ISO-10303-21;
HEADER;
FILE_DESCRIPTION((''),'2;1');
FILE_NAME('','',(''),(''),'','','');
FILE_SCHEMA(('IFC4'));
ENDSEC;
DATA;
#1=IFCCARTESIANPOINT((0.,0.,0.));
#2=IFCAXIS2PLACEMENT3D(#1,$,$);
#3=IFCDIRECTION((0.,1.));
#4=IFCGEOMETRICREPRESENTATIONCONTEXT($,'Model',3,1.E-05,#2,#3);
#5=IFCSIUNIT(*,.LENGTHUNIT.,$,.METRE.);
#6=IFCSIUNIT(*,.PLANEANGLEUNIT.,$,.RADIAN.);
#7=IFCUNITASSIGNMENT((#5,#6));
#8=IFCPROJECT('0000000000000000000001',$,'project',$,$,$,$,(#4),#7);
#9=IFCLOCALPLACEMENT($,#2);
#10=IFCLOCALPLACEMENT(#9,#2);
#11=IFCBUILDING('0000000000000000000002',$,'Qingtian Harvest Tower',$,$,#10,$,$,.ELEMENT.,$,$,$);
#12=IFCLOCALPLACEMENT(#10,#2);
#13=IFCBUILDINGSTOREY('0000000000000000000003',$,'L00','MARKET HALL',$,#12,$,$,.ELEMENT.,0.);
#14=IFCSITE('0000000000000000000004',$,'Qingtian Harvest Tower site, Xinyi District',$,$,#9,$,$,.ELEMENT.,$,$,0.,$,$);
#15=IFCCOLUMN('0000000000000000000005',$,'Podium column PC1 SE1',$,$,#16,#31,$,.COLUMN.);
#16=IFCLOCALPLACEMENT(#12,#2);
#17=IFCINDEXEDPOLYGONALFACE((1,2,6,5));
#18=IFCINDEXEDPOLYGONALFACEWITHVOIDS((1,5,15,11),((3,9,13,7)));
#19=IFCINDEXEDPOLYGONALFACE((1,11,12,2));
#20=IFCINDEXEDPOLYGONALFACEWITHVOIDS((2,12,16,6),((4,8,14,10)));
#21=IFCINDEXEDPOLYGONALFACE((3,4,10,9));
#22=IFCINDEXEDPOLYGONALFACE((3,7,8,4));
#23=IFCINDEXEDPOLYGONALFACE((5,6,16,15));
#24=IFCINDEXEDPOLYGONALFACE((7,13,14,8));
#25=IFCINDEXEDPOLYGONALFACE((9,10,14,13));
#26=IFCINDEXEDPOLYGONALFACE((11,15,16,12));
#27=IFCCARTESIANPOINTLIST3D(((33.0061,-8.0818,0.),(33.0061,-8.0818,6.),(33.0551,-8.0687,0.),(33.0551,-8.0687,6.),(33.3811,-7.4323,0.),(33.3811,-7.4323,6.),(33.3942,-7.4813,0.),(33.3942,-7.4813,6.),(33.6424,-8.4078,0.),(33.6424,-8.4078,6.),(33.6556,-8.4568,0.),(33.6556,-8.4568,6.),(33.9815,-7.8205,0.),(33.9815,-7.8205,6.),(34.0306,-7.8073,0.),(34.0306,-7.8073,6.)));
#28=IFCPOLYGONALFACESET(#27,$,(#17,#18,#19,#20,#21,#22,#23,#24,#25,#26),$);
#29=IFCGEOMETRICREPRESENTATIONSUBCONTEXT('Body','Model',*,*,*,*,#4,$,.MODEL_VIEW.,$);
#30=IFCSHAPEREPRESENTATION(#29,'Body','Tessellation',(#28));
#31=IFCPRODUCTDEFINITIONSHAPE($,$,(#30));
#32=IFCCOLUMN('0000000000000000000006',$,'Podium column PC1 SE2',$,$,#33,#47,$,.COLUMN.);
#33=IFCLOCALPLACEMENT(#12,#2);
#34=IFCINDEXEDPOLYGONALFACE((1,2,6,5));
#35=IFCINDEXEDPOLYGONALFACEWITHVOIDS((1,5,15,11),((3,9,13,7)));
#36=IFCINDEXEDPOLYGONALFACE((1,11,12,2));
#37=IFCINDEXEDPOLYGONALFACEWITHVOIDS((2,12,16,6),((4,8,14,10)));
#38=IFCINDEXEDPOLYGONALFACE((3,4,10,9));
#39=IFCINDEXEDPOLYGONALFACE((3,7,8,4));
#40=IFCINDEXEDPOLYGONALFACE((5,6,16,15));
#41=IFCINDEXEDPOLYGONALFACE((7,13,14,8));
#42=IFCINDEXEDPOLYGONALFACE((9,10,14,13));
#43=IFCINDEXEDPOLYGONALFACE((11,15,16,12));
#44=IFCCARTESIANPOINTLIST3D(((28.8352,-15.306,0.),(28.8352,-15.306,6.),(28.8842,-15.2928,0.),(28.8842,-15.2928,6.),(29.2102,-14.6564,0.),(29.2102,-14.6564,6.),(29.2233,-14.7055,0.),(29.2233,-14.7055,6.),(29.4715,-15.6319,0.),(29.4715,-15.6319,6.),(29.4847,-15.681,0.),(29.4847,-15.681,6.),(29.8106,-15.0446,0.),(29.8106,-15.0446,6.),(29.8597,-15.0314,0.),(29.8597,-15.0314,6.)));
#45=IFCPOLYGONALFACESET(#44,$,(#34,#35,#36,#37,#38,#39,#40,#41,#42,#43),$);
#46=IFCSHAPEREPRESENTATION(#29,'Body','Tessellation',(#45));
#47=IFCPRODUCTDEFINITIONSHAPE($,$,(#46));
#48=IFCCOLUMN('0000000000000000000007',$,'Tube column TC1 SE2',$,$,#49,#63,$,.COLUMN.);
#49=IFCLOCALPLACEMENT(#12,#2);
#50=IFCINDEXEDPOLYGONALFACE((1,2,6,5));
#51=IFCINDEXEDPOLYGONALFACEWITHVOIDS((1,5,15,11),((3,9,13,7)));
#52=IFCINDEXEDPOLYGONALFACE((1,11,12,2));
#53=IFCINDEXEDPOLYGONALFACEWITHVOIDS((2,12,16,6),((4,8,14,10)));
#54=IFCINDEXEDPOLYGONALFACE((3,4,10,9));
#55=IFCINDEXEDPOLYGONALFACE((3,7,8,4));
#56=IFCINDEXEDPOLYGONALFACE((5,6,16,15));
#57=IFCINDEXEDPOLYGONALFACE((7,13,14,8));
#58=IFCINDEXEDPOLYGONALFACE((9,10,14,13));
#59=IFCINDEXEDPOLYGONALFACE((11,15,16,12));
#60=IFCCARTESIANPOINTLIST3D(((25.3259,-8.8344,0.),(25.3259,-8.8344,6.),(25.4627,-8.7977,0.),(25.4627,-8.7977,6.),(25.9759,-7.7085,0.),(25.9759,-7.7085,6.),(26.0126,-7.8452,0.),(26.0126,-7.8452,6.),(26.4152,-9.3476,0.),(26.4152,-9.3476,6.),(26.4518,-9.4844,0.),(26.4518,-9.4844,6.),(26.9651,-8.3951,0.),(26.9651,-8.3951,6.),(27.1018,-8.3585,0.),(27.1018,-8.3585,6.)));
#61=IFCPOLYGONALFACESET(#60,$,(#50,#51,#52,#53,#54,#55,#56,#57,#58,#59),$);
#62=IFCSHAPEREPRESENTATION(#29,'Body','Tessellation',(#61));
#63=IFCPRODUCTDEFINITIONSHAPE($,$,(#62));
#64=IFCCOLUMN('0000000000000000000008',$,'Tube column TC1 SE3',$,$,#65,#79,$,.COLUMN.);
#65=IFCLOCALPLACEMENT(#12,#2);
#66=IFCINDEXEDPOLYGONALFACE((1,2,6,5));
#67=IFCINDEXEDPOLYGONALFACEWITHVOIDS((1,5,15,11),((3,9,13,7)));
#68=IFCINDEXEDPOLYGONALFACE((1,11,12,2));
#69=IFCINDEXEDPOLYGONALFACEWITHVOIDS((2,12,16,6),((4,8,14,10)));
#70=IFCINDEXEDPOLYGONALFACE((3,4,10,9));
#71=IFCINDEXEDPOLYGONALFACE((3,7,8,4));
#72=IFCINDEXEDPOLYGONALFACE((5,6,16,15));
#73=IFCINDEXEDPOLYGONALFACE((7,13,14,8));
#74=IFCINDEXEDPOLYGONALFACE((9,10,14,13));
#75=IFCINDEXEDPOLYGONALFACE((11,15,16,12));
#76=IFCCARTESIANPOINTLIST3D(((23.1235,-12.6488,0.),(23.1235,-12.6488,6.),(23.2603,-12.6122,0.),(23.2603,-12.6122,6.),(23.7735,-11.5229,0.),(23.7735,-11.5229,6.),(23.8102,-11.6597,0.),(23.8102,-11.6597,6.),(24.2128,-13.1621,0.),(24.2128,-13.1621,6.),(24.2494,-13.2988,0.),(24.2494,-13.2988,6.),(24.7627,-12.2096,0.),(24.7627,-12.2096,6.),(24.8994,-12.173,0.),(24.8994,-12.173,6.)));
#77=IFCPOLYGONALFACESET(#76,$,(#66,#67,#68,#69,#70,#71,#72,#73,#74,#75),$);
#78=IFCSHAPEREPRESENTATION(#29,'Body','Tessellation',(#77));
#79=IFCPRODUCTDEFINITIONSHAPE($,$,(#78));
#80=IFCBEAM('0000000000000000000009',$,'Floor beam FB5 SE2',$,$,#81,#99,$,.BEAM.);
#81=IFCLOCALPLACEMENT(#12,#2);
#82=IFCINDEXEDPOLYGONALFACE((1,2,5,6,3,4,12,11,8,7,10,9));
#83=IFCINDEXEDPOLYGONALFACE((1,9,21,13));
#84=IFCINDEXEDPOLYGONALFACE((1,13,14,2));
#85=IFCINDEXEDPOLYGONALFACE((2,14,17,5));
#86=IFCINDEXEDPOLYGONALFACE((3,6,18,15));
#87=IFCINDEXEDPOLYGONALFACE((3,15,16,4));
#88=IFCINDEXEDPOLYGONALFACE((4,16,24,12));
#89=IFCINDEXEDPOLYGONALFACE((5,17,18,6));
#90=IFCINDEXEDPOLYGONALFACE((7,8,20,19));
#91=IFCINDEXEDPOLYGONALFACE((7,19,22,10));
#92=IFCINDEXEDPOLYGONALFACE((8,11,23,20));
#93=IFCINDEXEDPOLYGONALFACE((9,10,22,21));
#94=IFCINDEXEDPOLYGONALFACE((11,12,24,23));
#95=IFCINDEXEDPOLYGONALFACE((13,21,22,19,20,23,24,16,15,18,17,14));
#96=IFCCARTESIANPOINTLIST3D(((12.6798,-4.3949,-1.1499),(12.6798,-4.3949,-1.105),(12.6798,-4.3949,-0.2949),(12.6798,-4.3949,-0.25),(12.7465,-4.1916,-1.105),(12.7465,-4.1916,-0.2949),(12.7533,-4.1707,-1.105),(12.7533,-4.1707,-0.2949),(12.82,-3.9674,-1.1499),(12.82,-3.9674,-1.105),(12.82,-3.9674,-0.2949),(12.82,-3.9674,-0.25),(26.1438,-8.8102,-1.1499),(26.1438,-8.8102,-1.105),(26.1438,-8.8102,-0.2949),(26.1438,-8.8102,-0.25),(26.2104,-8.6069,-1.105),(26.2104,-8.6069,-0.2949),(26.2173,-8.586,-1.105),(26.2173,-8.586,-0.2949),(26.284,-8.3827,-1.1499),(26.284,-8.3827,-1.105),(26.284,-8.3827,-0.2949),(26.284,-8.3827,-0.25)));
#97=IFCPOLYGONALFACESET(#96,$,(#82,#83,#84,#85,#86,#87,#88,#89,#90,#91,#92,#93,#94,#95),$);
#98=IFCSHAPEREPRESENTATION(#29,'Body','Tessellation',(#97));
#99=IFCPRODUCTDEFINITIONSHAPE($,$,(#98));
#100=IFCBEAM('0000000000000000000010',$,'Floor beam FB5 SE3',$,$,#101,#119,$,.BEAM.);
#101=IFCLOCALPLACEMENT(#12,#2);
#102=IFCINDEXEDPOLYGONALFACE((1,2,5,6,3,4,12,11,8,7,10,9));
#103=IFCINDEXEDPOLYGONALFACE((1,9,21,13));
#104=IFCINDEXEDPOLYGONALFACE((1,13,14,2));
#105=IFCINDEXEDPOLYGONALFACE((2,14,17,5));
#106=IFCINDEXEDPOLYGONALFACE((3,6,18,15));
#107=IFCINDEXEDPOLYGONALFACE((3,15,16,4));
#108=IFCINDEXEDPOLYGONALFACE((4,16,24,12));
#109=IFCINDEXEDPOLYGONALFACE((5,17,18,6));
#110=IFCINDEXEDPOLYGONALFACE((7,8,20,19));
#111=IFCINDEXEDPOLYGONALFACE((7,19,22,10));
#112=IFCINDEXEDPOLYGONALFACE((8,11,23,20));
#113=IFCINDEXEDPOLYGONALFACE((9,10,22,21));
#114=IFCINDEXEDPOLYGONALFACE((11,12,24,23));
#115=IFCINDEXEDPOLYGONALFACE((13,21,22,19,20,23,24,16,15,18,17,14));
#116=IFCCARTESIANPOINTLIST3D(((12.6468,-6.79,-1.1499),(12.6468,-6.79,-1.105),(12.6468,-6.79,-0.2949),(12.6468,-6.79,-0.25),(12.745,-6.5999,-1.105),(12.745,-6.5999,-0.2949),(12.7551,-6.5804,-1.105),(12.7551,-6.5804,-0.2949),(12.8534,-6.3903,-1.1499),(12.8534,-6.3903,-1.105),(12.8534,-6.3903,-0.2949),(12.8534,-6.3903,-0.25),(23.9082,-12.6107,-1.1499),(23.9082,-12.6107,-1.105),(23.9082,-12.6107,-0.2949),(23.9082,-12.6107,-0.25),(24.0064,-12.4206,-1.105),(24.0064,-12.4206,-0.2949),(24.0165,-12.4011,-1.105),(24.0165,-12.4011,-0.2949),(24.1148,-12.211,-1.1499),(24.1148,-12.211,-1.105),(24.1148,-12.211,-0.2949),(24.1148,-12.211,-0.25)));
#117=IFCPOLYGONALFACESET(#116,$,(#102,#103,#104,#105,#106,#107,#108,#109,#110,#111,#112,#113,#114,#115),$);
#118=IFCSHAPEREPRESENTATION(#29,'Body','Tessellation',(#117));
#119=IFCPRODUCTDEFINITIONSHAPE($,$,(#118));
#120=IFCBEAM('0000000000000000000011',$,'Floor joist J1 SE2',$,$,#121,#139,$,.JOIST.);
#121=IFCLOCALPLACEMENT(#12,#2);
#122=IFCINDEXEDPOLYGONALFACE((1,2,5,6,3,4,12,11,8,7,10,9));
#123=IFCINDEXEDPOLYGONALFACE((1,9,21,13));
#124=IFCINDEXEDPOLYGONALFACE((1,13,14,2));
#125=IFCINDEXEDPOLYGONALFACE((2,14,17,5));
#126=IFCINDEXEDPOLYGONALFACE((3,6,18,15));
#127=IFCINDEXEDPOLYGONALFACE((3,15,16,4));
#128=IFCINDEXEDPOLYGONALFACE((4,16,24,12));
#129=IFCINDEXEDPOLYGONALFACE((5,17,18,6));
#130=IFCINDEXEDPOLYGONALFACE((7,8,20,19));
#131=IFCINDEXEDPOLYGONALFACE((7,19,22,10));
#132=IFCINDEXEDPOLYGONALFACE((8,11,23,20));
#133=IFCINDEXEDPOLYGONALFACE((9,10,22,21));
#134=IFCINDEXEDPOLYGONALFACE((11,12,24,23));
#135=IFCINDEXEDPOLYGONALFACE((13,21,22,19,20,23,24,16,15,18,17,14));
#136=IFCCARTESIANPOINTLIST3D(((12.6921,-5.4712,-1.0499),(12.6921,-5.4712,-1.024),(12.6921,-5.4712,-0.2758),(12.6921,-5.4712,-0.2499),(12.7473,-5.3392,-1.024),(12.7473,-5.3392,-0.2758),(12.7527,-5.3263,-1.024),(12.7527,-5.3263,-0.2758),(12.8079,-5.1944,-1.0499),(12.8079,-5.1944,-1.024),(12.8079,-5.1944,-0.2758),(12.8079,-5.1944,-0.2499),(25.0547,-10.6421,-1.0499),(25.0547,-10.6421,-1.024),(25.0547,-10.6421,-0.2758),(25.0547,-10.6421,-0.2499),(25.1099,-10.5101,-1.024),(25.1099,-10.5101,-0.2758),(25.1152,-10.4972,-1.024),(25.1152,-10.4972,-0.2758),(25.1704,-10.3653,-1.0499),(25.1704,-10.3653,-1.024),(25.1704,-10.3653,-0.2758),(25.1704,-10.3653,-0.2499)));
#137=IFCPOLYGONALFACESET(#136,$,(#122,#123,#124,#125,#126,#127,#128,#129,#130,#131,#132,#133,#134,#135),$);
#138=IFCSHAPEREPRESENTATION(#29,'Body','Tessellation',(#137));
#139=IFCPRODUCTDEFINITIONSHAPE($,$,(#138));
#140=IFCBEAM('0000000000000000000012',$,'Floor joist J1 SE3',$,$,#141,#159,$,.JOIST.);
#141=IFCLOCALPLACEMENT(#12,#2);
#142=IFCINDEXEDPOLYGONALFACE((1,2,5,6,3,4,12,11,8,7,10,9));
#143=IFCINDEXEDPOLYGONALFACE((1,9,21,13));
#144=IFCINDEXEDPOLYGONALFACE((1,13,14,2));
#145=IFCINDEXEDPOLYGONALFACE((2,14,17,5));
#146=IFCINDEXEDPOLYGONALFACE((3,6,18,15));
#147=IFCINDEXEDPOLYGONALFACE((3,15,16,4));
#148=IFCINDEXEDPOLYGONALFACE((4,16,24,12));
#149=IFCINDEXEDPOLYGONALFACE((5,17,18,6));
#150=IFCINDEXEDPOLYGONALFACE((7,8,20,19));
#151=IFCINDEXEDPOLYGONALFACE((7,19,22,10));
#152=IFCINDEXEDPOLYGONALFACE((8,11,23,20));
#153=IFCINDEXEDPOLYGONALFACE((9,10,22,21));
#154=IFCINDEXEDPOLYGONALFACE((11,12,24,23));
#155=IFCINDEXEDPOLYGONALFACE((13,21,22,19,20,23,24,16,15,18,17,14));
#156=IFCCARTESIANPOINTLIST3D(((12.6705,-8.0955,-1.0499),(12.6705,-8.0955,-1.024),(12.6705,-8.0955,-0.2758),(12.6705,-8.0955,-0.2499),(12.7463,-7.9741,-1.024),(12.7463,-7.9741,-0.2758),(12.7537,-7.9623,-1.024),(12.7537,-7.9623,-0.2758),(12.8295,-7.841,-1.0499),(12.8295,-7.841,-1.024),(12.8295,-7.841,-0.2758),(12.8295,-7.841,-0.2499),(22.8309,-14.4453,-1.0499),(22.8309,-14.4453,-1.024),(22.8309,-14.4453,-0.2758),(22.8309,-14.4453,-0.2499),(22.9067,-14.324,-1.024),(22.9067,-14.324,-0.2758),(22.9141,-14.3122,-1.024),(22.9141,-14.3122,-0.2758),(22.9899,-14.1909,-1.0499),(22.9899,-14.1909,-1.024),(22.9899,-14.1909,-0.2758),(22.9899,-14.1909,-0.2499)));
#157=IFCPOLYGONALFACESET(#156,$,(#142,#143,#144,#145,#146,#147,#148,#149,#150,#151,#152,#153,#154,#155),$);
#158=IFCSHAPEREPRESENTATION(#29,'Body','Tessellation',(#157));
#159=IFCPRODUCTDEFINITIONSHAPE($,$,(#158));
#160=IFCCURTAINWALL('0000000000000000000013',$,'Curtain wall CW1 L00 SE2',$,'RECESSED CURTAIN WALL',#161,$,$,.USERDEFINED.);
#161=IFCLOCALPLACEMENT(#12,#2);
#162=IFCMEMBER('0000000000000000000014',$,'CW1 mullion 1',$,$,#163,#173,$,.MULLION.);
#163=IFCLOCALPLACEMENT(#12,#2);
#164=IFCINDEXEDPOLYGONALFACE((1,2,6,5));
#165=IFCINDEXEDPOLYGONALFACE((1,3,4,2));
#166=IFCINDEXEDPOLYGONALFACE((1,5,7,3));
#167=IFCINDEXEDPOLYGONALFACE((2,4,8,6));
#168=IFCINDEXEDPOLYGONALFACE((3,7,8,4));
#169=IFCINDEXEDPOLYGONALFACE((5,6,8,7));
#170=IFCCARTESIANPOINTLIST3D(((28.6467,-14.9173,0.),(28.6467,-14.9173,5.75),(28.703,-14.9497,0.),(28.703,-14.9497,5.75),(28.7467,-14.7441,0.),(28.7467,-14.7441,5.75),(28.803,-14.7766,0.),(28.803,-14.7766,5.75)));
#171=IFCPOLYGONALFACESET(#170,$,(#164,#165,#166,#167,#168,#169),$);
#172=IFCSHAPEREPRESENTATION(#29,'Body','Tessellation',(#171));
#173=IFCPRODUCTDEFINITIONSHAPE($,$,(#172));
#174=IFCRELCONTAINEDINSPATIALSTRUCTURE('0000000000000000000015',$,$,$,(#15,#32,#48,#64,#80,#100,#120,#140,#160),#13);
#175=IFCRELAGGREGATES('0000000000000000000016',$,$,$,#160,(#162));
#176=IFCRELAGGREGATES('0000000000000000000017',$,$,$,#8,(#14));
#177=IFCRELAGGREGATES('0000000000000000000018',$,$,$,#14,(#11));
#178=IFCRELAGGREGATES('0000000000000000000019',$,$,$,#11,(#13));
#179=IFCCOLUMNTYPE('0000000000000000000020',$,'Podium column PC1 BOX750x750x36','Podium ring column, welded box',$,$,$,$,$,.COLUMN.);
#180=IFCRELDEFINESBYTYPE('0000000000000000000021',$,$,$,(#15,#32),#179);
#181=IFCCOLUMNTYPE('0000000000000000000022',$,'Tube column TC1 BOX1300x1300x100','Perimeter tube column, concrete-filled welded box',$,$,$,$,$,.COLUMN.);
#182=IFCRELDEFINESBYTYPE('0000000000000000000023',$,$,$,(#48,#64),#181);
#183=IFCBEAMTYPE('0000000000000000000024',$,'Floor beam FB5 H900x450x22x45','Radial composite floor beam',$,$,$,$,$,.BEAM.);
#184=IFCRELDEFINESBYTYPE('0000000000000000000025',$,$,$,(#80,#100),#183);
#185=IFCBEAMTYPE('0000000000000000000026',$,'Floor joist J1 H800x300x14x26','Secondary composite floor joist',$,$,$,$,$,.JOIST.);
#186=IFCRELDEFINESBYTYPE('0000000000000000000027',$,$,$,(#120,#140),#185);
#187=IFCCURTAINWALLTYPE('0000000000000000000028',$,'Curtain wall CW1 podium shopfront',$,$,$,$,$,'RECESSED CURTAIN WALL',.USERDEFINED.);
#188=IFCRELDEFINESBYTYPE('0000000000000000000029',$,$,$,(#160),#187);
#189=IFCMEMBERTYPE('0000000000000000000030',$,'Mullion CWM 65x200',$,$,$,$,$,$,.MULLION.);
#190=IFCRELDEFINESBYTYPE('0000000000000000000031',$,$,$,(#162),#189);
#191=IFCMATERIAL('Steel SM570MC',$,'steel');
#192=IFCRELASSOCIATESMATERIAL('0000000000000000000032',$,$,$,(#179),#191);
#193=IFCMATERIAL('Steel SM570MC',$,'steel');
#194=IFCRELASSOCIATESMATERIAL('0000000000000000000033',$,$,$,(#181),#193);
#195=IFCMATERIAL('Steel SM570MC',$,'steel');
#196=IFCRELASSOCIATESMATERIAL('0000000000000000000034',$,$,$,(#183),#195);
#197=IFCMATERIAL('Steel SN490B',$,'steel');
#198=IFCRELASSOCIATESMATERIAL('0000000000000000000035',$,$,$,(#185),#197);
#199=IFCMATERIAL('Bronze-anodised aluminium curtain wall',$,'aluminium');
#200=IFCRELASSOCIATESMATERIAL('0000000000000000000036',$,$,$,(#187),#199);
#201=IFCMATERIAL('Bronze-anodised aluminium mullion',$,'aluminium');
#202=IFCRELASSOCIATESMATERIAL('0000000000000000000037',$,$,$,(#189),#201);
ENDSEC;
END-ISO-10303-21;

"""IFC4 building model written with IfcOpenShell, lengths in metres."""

from ifc_helpers import new_model, si_unit, direction, frame, origin, origin_2d, place, context, subcontext, project, spatial, rectangle, hollow_rectangle, i_section, extrude, material, material_profile, profile_set, type_object, element, aggregate, save


model = new_model("IFC4")

# Units and contexts
model_context = context("Model", 3, precision=1e-05, world=origin(), true_north=direction((0.0, 1.0)))
body_context = subcontext(model_context, "Body", "Model", "MODEL_VIEW")
ifc_project = project(units=[si_unit("LENGTHUNIT", "METRE"), si_unit("PLANEANGLEUNIT", "RADIAN")], contexts=[model_context])

# Site, building, storey
site_placement = place(None, origin())
site = spatial("IfcSite", under=ifc_project, at=site_placement, Name="Qingtian Harvest Tower site, Xinyi District", CompositionType="ELEMENT", RefElevation=0.0)
building_placement = place(site_placement, origin())
building = spatial("IfcBuilding", under=site, at=building_placement, Name="Qingtian Harvest Tower", CompositionType="ELEMENT")
storey_placement = place(building_placement, origin())
storey = spatial("IfcBuildingStorey", under=building, at=storey_placement, Name="L00", Description="MARKET HALL", CompositionType="ELEMENT", Elevation=0.0)

# Columns
ifc_material_1 = material(Name="Steel SM570MC", Category="steel")
ifc_material_profile_1 = material_profile(ifc_material_1, hollow_rectangle(XDim=0.75, YDim=0.75, WallThickness=0.0359, at=origin_2d()), Name="BOX750x750x36")
ifc_profile_set_1 = profile_set([ifc_material_profile_1], Name="Steel SM570MC")
column_type_1 = type_object("IfcColumnType", Name="Podium column PC1 BOX750x750x36", Description="Podium ring column, welded box", PredefinedType="COLUMN", material=ifc_profile_set_1)
for number, where, z_axis, x_axis, name in (
    (1, (33.5183, -7.9446, 0.0), (0.0, 0.0, 1.0), (0.5, 0.866025, 0.0), "Podium column PC1 SE1"),
    (2, (29.3474, -15.1687, 0.0), (0.0, 0.0, 1.0), (0.5, 0.866025, 0.0), "Podium column PC1 SE2"),
):
    element("IfcColumn", number, at=place(storey_placement, frame(where, z_axis=z_axis, x_axis=x_axis)), inside=storey, type_object=column_type_1, Name=name, PredefinedType="COLUMN", context=body_context, shape_type="SweptSolid", body=[
        extrude(hollow_rectangle(XDim=0.75, YDim=0.75, WallThickness=0.0359, at=origin_2d()), origin(), (0.0, 0.0, 1.0), 6.0),
    ])
ifc_material_2 = material(Name="Steel SM570MC", Category="steel")
ifc_material_profile_2 = material_profile(ifc_material_2, hollow_rectangle(XDim=1.3, YDim=1.3, WallThickness=0.1001, at=origin_2d()), Name="BOX1300x1300x100")
ifc_profile_set_2 = profile_set([ifc_material_profile_2], Name="Steel SM570MC")
column_type_2 = type_object("IfcColumnType", Name="Tube column TC1 BOX1300x1300x100", Description="Perimeter tube column, concrete-filled welded box", PredefinedType="COLUMN", material=ifc_profile_set_2)
for number, where, z_axis, x_axis, name in (
    (3, (26.2139, -8.5964, 0.0), (0.0, 0.0, 1.0), (0.5, 0.866025, 0.0), "Tube column TC1 SE2"),
    (4, (24.0115, -12.4109, 0.0), (0.0, 0.0, 1.0), (0.5, 0.866025, 0.0), "Tube column TC1 SE3"),
):
    element("IfcColumn", number, at=place(storey_placement, frame(where, z_axis=z_axis, x_axis=x_axis)), inside=storey, type_object=column_type_2, Name=name, PredefinedType="COLUMN", context=body_context, shape_type="SweptSolid", body=[
        extrude(hollow_rectangle(XDim=1.3, YDim=1.3, WallThickness=0.1001, at=origin_2d()), origin(), (0.0, 0.0, 1.0), 6.0),
    ])

# Beams
ifc_material_3 = material(Name="Steel SM570MC", Category="steel")
ifc_material_profile_3 = material_profile(ifc_material_3, i_section(OverallWidth=0.45, OverallDepth=0.8999, WebThickness=0.022, FlangeThickness=0.0449, at=origin_2d()), Name="H900x450x22x45")
ifc_profile_set_3 = profile_set([ifc_material_profile_3], Name="Steel SM570MC")
beam_type_1 = type_object("IfcBeamType", Name="Floor beam FB5 H900x450x22x45", Description="Radial composite floor beam", PredefinedType="BEAM", material=ifc_profile_set_3)
beam_1_placement = place(storey_placement, frame((26.2139, -8.5964, -0.7), z_axis=(-0.950211, 0.311608, 0.0), x_axis=(-0.311608, -0.950211, 0.0)))
element("IfcBeam", 5, at=beam_1_placement, inside=storey, type_object=beam_type_1, Name="Floor beam FB5 SE2", PredefinedType="BEAM", context=body_context, shape_type="SweptSolid", body=[
    extrude(i_section(OverallWidth=0.45, OverallDepth=0.8999, WebThickness=0.022, FlangeThickness=0.0449, at=origin_2d()), origin(), (0.0, 0.0, 1.0), 14.1694),
])
beam_2_placement = place(storey_placement, frame((24.0115, -12.4109, -0.7), z_axis=(-0.88835, 0.459168, 0.0), x_axis=(-0.459168, -0.88835, 0.0)))
element("IfcBeam", 6, at=beam_2_placement, inside=storey, type_object=beam_type_1, Name="Floor beam FB5 SE3", PredefinedType="BEAM", context=body_context, shape_type="SweptSolid", body=[
    extrude(i_section(OverallWidth=0.45, OverallDepth=0.8999, WebThickness=0.022, FlangeThickness=0.0449, at=origin_2d()), origin(), (0.0, 0.0, 1.0), 12.6768),
])
ifc_material_4 = material(Name="Steel SN490B", Category="steel")
ifc_material_profile_4 = material_profile(ifc_material_4, i_section(OverallWidth=0.3, OverallDepth=0.8, WebThickness=0.0139, FlangeThickness=0.0259, at=origin_2d()), Name="H800x300x14x26")
ifc_profile_set_4 = profile_set([ifc_material_profile_4], Name="Steel SN490B")
beam_type_2 = type_object("IfcBeamType", Name="Floor joist J1 H800x300x14x26", Description="Secondary composite floor joist", PredefinedType="JOIST", material=ifc_profile_set_4)
beam_3_placement = place(storey_placement, frame((25.1125, -10.5037, -0.6499), z_axis=(-0.922551, 0.385876, 0.0), x_axis=(-0.385876, -0.922551, 0.0)))
element("IfcBeam", 7, at=beam_3_placement, inside=storey, type_object=beam_type_2, Name="Floor joist J1 SE2", PredefinedType="JOIST", context=body_context, shape_type="SweptSolid", body=[
    extrude(i_section(OverallWidth=0.3, OverallDepth=0.8, WebThickness=0.0139, FlangeThickness=0.0259, at=origin_2d()), origin(), (0.0, 0.0, 1.0), 13.4004),
])
beam_4_placement = place(storey_placement, frame((22.9104, -14.3181, -0.6499), z_axis=(-0.848013, 0.529975, 0.0), x_axis=(-0.529975, -0.848013, 0.0)))
element("IfcBeam", 8, at=beam_4_placement, inside=storey, type_object=beam_type_2, Name="Floor joist J1 SE3", PredefinedType="JOIST", context=body_context, shape_type="SweptSolid", body=[
    extrude(i_section(OverallWidth=0.3, OverallDepth=0.8, WebThickness=0.0139, FlangeThickness=0.0259, at=origin_2d()), origin(), (0.0, 0.0, 1.0), 11.9814),
])

# Curtain wall, member
ifc_material_5 = material(Name="Bronze-anodised aluminium curtain wall", Category="aluminium")
curtain_wall_type = type_object("IfcCurtainWallType", Name="Curtain wall CW1 podium shopfront", ElementType="RECESSED CURTAIN WALL", PredefinedType="USERDEFINED", material=ifc_material_5)
curtain_wall_placement = place(storey_placement, origin())
curtain_wall = element("IfcCurtainWall", 9, at=curtain_wall_placement, inside=storey, type_object=curtain_wall_type, Name="Curtain wall CW1 L00 SE2", ObjectType="RECESSED CURTAIN WALL", PredefinedType="USERDEFINED")
ifc_material_6 = material(Name="Bronze-anodised aluminium mullion", Category="aluminium")
ifc_material_profile_5 = material_profile(ifc_material_6, rectangle(XDim=0.0649, YDim=0.2, at=origin_2d()), Name="AL 65x200")
ifc_profile_set_5 = profile_set([ifc_material_profile_5], Name="Bronze-anodised aluminium mullion")
member_type_1 = type_object("IfcMemberType", Name="Mullion CWM 65x200", PredefinedType="MULLION", material=ifc_profile_set_5)
member_1_placement = place(storey_placement, frame((28.7249, -14.8469, 0.0), z_axis=(0.0, 0.0, 1.0), x_axis=(0.866025, -0.5, 0.0)))
member_1 = element("IfcMember", 10, at=member_1_placement, type_object=member_type_1, Name="CW1 mullion 1", PredefinedType="MULLION", context=body_context, shape_type="SweptSolid", body=[
    extrude(rectangle(XDim=0.0649, YDim=0.2, at=origin_2d()), origin(), (0.0, 0.0, 1.0), 5.75),
])

aggregate(curtain_wall, [member_1])

save(model, "model.ifc")
